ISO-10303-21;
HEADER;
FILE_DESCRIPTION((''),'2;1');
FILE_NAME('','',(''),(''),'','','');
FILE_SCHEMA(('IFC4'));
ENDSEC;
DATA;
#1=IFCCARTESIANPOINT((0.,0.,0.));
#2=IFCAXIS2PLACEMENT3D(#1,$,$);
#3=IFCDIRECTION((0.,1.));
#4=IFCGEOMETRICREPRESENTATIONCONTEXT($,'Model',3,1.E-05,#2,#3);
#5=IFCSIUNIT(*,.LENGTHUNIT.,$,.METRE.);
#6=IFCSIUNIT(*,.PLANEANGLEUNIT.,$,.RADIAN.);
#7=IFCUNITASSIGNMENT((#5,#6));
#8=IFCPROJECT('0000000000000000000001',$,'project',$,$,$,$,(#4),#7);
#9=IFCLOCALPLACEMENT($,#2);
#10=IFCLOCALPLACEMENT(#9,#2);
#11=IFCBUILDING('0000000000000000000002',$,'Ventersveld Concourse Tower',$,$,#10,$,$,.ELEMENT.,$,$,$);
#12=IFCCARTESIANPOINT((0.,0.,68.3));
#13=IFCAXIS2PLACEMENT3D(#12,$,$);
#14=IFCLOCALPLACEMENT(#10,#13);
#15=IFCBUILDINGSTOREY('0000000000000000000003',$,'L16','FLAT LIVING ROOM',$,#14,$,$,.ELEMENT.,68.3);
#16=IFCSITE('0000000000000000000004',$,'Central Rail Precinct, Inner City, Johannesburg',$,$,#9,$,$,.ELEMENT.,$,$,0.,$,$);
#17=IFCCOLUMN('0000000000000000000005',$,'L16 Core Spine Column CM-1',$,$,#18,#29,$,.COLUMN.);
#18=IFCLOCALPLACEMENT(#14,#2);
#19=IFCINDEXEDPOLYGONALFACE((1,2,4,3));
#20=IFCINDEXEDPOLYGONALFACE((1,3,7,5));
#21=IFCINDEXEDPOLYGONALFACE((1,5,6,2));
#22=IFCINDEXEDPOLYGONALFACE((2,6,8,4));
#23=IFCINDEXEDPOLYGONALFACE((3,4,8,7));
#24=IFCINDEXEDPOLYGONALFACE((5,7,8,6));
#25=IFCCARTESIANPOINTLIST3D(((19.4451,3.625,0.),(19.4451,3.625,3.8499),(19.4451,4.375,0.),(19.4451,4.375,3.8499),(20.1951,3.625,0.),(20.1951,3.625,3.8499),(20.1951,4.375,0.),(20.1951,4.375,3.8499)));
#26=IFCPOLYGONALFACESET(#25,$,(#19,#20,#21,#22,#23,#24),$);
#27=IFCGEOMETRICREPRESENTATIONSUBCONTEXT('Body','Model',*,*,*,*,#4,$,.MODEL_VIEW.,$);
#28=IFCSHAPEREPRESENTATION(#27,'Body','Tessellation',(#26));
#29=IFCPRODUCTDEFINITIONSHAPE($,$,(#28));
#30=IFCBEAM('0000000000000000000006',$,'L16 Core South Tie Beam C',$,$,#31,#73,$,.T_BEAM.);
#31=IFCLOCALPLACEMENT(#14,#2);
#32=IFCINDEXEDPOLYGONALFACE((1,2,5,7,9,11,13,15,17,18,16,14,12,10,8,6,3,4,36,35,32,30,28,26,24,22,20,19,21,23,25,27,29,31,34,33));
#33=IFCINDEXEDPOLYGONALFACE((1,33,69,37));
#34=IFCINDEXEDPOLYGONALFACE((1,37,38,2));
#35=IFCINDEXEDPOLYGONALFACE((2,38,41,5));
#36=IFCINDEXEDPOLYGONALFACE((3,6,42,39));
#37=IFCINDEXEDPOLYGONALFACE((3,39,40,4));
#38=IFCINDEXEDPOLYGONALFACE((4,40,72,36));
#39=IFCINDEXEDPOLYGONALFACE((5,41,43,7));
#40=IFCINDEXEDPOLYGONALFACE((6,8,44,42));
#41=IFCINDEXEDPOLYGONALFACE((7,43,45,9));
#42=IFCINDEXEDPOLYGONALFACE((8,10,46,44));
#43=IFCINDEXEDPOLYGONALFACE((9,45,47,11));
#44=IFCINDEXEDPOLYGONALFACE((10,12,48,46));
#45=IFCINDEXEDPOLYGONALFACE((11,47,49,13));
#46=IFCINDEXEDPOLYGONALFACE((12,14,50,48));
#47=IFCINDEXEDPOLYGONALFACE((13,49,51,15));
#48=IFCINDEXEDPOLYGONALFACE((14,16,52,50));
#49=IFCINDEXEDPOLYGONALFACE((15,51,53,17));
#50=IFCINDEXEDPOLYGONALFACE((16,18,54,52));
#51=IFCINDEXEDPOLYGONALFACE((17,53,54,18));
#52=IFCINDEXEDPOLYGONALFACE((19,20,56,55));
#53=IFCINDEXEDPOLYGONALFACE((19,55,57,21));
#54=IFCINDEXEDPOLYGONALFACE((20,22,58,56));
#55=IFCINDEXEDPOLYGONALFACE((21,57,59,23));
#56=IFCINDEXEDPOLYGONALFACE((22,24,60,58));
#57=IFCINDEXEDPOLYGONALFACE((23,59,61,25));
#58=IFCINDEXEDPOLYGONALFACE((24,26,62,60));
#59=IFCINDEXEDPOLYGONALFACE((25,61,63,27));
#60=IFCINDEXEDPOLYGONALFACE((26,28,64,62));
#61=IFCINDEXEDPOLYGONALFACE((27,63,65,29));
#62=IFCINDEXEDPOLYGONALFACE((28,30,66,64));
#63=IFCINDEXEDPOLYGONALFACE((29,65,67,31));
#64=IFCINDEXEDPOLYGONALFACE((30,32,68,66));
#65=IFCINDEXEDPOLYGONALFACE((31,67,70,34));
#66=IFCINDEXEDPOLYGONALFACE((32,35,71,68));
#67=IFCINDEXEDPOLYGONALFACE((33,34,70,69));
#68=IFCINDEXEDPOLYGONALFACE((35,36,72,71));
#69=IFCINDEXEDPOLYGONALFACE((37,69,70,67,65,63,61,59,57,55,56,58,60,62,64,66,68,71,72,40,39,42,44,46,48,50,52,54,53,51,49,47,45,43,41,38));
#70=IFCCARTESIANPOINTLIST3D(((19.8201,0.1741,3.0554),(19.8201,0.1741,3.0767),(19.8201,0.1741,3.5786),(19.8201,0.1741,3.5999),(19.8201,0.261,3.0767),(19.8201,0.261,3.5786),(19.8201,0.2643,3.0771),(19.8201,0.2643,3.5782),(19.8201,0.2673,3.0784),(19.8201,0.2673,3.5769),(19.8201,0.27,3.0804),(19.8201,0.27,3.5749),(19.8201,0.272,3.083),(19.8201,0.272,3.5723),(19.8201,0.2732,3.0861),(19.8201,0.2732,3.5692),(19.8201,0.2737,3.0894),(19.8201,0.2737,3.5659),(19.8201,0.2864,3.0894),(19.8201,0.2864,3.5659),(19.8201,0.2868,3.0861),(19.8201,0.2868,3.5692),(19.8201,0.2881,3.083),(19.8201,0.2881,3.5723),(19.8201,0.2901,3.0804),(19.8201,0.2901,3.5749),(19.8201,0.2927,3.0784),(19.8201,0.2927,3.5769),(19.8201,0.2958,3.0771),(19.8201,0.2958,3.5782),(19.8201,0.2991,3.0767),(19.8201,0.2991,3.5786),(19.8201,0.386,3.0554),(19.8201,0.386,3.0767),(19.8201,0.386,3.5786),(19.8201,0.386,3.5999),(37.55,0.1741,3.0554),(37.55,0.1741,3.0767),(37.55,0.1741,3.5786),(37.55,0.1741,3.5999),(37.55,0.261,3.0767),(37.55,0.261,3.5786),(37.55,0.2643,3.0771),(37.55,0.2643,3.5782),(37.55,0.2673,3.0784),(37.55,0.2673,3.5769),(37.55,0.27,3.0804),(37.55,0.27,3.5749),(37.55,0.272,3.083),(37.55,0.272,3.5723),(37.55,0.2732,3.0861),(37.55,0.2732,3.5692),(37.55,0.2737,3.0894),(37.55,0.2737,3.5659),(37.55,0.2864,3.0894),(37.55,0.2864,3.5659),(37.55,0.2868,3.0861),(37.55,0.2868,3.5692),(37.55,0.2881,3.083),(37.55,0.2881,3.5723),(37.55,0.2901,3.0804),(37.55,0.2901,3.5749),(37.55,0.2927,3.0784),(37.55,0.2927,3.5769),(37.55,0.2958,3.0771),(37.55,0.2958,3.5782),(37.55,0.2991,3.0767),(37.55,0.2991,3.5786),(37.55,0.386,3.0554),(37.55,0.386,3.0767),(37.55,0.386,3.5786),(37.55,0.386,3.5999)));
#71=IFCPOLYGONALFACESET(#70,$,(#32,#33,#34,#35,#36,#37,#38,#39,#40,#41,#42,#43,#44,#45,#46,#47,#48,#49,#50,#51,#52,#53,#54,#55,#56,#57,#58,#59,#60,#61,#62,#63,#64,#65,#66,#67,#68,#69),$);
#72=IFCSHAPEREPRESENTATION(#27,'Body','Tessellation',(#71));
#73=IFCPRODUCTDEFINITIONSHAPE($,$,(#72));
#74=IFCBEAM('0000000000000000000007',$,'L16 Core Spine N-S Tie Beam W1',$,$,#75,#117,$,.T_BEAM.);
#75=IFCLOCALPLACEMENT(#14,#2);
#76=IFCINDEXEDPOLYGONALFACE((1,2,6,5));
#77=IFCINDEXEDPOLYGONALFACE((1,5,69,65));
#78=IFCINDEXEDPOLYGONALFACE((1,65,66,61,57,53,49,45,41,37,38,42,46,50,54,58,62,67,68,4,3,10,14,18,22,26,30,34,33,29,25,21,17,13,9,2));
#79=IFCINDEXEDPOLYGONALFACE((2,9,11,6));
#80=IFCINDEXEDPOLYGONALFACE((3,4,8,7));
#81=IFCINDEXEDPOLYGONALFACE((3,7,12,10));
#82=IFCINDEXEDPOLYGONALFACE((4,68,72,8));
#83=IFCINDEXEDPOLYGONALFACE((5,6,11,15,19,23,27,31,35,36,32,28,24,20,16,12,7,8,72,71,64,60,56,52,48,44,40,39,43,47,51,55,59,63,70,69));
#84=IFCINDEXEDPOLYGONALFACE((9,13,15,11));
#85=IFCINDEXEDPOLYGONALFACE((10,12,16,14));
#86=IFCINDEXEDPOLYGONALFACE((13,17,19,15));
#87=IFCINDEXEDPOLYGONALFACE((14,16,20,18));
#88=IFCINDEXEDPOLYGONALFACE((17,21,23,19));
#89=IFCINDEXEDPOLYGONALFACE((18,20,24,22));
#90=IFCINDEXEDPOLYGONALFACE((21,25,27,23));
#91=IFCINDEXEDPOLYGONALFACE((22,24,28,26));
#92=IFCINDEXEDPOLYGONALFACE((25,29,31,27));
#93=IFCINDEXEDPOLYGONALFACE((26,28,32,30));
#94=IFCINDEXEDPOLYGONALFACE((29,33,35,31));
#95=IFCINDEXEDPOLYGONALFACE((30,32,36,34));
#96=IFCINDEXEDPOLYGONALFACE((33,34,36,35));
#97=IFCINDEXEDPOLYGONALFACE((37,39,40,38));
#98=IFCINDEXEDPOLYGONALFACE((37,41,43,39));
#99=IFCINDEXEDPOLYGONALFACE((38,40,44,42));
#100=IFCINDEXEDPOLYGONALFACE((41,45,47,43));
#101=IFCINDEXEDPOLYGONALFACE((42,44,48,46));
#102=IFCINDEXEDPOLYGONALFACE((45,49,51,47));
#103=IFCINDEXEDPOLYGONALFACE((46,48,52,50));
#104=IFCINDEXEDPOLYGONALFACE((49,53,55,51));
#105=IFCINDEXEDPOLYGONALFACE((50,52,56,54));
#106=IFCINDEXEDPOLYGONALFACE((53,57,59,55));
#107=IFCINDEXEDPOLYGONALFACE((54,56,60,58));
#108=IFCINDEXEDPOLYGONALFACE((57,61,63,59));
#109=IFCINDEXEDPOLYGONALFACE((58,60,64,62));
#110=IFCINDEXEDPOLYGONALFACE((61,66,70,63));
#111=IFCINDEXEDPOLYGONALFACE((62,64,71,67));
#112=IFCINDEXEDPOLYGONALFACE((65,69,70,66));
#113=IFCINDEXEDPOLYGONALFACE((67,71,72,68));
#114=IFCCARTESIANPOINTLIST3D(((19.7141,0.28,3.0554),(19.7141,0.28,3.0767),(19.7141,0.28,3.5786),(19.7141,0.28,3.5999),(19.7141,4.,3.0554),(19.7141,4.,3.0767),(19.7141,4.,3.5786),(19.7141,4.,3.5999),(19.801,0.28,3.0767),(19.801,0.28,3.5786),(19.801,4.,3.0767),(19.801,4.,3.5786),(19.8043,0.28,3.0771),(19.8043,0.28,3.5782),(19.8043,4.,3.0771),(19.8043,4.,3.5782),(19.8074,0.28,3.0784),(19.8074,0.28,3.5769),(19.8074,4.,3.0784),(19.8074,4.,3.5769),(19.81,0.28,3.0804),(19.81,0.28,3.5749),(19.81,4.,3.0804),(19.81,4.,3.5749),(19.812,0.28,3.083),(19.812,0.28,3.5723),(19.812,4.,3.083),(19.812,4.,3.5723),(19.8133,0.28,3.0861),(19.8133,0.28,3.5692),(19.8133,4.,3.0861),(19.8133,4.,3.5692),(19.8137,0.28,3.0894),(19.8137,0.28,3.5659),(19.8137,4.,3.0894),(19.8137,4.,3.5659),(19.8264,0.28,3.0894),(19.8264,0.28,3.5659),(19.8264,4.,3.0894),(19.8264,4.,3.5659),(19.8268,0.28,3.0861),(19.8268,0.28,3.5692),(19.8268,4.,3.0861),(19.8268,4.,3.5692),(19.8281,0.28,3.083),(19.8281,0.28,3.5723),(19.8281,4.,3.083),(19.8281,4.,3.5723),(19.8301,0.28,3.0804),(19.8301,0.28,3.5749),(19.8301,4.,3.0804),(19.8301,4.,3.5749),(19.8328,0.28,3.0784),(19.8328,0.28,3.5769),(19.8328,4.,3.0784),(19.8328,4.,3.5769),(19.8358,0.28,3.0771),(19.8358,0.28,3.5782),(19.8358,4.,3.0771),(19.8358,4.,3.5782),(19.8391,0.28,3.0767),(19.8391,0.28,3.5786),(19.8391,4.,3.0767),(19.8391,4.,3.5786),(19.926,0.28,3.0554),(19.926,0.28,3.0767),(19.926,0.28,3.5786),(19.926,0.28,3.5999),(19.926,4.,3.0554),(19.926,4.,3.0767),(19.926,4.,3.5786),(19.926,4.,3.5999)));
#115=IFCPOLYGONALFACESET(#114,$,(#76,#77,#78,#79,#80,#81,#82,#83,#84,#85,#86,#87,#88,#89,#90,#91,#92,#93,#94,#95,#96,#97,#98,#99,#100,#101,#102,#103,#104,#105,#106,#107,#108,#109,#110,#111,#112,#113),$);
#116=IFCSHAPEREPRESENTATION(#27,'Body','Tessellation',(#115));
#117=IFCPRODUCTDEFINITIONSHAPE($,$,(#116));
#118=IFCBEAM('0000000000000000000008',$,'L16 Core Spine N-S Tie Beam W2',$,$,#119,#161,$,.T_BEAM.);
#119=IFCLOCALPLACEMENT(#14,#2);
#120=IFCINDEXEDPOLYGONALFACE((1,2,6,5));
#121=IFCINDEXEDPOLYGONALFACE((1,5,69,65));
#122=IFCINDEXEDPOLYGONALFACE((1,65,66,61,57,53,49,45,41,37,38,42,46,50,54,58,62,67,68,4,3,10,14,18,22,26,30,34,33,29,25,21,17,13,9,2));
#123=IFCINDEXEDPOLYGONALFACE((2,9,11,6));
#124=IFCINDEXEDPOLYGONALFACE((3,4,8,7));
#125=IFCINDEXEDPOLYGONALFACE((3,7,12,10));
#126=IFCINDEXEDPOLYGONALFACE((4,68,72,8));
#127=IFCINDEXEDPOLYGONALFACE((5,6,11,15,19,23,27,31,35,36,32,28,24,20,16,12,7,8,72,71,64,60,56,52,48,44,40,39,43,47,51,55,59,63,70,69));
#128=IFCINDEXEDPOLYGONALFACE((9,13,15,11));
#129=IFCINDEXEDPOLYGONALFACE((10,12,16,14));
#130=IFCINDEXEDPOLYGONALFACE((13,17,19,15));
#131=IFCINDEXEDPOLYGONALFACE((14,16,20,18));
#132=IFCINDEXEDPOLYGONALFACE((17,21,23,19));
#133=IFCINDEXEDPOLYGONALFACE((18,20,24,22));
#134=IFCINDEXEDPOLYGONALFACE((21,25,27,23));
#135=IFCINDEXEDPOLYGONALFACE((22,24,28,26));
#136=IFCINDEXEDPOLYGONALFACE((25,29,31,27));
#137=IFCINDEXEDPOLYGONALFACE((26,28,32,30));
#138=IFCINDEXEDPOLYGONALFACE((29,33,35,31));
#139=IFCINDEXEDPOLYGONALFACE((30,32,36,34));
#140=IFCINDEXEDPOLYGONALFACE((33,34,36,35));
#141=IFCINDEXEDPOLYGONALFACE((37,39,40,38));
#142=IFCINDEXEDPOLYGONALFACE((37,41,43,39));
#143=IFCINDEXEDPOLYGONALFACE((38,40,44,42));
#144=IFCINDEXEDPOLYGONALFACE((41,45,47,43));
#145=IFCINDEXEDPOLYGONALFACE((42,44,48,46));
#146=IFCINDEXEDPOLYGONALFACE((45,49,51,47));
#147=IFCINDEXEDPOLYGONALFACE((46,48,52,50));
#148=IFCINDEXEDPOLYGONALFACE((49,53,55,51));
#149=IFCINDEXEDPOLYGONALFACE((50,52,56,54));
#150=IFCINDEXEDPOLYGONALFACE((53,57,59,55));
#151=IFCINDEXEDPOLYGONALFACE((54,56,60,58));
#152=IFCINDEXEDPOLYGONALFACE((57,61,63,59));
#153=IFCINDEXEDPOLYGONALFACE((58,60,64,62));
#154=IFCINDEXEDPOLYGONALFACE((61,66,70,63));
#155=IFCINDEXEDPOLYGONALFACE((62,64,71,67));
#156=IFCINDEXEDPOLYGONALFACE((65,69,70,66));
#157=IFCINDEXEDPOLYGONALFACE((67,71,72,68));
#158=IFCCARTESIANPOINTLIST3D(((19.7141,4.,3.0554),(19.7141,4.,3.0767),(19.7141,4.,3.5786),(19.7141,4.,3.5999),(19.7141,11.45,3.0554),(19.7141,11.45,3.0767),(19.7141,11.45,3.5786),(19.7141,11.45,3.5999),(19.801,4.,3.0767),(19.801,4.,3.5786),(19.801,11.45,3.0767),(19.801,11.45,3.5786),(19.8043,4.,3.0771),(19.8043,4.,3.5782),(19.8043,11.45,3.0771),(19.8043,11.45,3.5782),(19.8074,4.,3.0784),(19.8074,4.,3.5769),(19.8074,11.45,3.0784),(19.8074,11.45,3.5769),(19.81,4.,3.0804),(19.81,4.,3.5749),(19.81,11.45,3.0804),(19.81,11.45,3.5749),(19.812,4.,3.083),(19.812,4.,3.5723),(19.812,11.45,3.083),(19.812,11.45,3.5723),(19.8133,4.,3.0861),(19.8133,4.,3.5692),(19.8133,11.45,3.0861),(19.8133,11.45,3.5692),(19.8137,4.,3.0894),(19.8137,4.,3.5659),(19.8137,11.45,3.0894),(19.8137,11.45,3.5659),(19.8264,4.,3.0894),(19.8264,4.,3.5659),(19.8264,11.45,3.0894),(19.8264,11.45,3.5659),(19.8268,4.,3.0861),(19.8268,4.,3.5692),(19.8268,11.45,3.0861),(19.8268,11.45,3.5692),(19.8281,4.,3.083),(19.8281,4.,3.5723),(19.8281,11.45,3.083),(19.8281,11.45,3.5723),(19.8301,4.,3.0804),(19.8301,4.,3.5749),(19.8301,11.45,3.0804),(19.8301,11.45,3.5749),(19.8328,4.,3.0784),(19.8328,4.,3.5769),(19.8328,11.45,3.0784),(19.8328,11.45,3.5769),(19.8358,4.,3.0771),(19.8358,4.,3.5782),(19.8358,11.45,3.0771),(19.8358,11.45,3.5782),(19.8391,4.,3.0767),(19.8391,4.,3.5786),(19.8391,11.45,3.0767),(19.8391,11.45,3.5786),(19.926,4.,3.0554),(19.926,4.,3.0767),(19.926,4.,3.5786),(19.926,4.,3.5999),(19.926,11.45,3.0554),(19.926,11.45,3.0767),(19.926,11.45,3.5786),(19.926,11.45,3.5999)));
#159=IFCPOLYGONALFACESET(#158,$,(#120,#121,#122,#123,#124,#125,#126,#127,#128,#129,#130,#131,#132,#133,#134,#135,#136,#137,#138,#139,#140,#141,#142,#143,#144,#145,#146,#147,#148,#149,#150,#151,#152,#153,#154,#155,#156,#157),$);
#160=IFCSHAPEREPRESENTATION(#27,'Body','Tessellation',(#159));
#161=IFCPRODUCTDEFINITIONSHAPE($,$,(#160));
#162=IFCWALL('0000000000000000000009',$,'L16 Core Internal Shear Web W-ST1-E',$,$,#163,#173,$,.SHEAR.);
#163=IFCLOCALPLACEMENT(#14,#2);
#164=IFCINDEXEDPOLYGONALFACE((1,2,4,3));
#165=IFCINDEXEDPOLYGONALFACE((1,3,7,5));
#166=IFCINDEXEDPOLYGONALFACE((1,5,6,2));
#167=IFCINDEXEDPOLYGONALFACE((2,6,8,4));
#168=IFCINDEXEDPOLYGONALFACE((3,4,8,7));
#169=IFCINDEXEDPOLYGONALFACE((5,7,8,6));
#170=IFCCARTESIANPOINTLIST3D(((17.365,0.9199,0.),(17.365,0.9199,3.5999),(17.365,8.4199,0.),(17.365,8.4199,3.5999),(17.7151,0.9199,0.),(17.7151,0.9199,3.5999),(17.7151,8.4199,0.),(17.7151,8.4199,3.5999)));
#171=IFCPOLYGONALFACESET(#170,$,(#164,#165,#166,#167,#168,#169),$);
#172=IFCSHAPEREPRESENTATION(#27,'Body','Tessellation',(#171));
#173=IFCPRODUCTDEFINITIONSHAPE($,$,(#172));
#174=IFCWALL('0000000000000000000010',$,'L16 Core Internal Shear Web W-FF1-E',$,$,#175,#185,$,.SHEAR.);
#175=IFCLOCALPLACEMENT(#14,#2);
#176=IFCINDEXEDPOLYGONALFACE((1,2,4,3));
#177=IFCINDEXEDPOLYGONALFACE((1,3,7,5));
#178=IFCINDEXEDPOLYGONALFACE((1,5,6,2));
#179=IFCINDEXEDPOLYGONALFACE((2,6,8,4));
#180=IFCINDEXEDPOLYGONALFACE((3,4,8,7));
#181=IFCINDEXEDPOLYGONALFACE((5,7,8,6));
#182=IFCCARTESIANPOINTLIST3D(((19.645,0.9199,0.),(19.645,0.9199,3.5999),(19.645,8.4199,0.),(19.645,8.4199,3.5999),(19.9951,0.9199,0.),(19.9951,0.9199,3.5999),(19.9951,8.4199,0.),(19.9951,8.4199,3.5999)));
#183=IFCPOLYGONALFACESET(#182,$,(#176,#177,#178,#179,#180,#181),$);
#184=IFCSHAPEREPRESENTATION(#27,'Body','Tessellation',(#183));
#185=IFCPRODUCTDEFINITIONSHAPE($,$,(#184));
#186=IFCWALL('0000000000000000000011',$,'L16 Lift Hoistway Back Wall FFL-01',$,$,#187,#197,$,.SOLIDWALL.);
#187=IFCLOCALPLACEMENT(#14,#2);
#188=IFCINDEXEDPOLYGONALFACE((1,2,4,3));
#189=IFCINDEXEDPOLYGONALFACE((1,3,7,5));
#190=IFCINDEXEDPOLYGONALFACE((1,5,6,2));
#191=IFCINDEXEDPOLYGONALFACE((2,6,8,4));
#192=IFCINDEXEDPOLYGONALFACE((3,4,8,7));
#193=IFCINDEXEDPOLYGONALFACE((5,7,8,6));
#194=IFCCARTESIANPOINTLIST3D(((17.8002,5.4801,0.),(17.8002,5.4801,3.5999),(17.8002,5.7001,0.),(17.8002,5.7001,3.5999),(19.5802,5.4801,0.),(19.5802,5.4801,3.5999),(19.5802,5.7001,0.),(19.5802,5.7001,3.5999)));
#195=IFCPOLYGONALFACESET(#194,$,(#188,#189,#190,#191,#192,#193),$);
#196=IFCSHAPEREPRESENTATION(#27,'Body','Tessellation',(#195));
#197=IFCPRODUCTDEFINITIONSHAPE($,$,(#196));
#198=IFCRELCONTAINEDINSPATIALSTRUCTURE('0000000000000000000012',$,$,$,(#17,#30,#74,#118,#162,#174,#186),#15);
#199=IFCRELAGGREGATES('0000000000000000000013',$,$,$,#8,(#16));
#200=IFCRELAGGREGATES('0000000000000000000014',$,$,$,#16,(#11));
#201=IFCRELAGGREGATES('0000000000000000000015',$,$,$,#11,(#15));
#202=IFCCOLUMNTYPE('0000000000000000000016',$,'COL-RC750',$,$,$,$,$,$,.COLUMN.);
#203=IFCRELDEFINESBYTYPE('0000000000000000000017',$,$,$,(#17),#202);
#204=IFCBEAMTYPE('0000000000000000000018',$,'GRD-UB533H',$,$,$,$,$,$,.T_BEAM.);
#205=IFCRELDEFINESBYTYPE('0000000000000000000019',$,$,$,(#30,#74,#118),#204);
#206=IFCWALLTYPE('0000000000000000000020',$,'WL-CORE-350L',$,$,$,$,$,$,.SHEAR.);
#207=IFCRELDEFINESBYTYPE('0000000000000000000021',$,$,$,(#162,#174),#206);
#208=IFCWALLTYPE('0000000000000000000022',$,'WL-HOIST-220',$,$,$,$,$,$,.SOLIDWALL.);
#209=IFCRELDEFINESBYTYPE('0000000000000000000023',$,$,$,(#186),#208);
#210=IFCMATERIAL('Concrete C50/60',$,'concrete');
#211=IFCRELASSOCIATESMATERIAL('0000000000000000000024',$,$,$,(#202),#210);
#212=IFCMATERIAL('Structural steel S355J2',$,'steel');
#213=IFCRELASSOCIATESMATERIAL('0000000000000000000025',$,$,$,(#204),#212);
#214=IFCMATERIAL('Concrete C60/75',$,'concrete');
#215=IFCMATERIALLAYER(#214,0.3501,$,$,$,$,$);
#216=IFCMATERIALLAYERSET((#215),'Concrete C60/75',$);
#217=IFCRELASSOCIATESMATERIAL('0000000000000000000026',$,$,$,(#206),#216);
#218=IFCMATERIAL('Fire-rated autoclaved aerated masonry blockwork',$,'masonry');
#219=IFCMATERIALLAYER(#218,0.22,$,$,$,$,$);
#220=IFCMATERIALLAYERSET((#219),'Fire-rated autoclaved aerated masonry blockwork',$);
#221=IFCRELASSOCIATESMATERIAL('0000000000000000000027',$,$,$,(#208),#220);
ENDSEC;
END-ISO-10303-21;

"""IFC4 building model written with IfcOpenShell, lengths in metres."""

from ifc_helpers import new_model, si_unit, direction, frame, frame_2d, origin, origin_2d, place, context, subcontext, project, spatial, rectangle, i_section, extrude, material, layer, layer_set, material_profile, profile_set, type_object, element, save


model = new_model("IFC4")

# Units and contexts
model_context = context("Model", 3, precision=1e-05, world=origin(), true_north=direction((0.0, 1.0)))
body_context = subcontext(model_context, "Body", "Model", "MODEL_VIEW")
ifc_project = project(units=[si_unit("LENGTHUNIT", "METRE"), si_unit("PLANEANGLEUNIT", "RADIAN")], contexts=[model_context])

# Site, building, storey
site_placement = place(None, origin())
site = spatial("IfcSite", under=ifc_project, at=site_placement, Name="Central Rail Precinct, Inner City, Johannesburg", CompositionType="ELEMENT", RefElevation=0.0)
building_placement = place(site_placement, origin())
building = spatial("IfcBuilding", under=site, at=building_placement, Name="Ventersveld Concourse Tower", CompositionType="ELEMENT")
storey_placement = place(building_placement, frame((0.0, 0.0, 68.3)))
storey = spatial("IfcBuildingStorey", under=building, at=storey_placement, Name="L16", Description="FLAT LIVING ROOM", CompositionType="ELEMENT", Elevation=68.3)

# Column
ifc_material_1 = material(Name="Concrete C50/60", Category="concrete")
ifc_material_profile_1 = material_profile(ifc_material_1, rectangle(XDim=0.75, YDim=0.75, at=origin_2d()), Name="RC 750x750")
ifc_profile_set_1 = profile_set([ifc_material_profile_1], Name="Concrete C50/60")
column_type = type_object("IfcColumnType", Name="COL-RC750", PredefinedType="COLUMN", material=ifc_profile_set_1)
column_placement = place(storey_placement, frame((19.8201, 4.0, 0.0), z_axis=(0.0, 0.0, 1.0), x_axis=(1.0, 0.0, 0.0)))
element("IfcColumn", 1, at=column_placement, inside=storey, type_object=column_type, Name="L16 Core Spine Column CM-1", PredefinedType="COLUMN", context=body_context, shape_type="SweptSolid", body=[
    extrude(rectangle(XDim=0.75, YDim=0.75, at=origin_2d()), origin(), (0.0, 0.0, 1.0), 3.8499),
])

# Beams
ifc_material_2 = material(Name="Structural steel S355J2", Category="steel")
ifc_material_profile_2 = material_profile(ifc_material_2, i_section(OverallWidth=0.2119, OverallDepth=0.5444, WebThickness=0.0127, FlangeThickness=0.0212, FilletRadius=0.0127, at=origin_2d()), Name="UB 533x210x122")
ifc_profile_set_2 = profile_set([ifc_material_profile_2], Name="Structural steel S355J2")
beam_type = type_object("IfcBeamType", Name="GRD-UB533H", PredefinedType="T_BEAM", material=ifc_profile_set_2)
beam_1_placement = place(storey_placement, frame((19.8201, 0.28, 3.3276), z_axis=(1.0, 0.0, 0.0), x_axis=(0.0, 1.0, 0.0)))
element("IfcBeam", 2, at=beam_1_placement, inside=storey, type_object=beam_type, Name="L16 Core South Tie Beam C", PredefinedType="T_BEAM", context=body_context, shape_type="SweptSolid", body=[
    extrude(i_section(OverallWidth=0.2119, OverallDepth=0.5444, WebThickness=0.0127, FlangeThickness=0.0212, FilletRadius=0.0127, at=origin_2d()), origin(), (0.0, 0.0, 1.0), 17.73),
])
beam_2_placement = place(storey_placement, frame((19.8201, 0.28, 3.3276), z_axis=(0.0, 1.0, 0.0), x_axis=(-1.0, 0.0, 0.0)))
element("IfcBeam", 3, at=beam_2_placement, inside=storey, type_object=beam_type, Name="L16 Core Spine N-S Tie Beam W1", PredefinedType="T_BEAM", context=body_context, shape_type="SweptSolid", body=[
    extrude(i_section(OverallWidth=0.2119, OverallDepth=0.5444, WebThickness=0.0127, FlangeThickness=0.0212, FilletRadius=0.0127, at=origin_2d()), origin(), (0.0, 0.0, 1.0), 3.72),
])
beam_3_placement = place(storey_placement, frame((19.8201, 4.0, 3.3276), z_axis=(0.0, 1.0, 0.0), x_axis=(-1.0, 0.0, 0.0)))
element("IfcBeam", 4, at=beam_3_placement, inside=storey, type_object=beam_type, Name="L16 Core Spine N-S Tie Beam W2", PredefinedType="T_BEAM", context=body_context, shape_type="SweptSolid", body=[
    extrude(i_section(OverallWidth=0.2119, OverallDepth=0.5444, WebThickness=0.0127, FlangeThickness=0.0212, FilletRadius=0.0127, at=origin_2d()), origin(), (0.0, 0.0, 1.0), 7.45),
])

# Walls
ifc_material_3 = material(Name="Concrete C60/75", Category="concrete")
ifc_layer_1 = layer(ifc_material_3, 0.3501)
ifc_layer_set_1 = layer_set([ifc_layer_1], Name="Concrete C60/75")
wall_type_1 = type_object("IfcWallType", Name="WL-CORE-350L", PredefinedType="SHEAR", material=ifc_layer_set_1)
for number, where, z_axis, x_axis, name in (
    (5, (17.54, 0.9199, 0.0), (0.0, 0.0, 1.0), (0.0, 1.0, 0.0), "L16 Core Internal Shear Web W-ST1-E"),
    (6, (19.8201, 0.9199, 0.0), (0.0, 0.0, 1.0), (0.0, 1.0, 0.0), "L16 Core Internal Shear Web W-FF1-E"),
):
    element("IfcWall", number, at=place(storey_placement, frame(where, z_axis=z_axis, x_axis=x_axis)), inside=storey, type_object=wall_type_1, Name=name, PredefinedType="SHEAR", context=body_context, shape_type="SweptSolid", body=[
        extrude(rectangle(XDim=7.5, YDim=0.3501, at=frame_2d((3.75, 0.0))), origin(), (0.0, 0.0, 1.0), 3.5999),
    ])
ifc_material_4 = material(Name="Fire-rated autoclaved aerated masonry blockwork", Category="masonry")
ifc_layer_2 = layer(ifc_material_4, 0.22)
ifc_layer_set_2 = layer_set([ifc_layer_2], Name="Fire-rated autoclaved aerated masonry blockwork")
wall_type_2 = type_object("IfcWallType", Name="WL-HOIST-220", PredefinedType="SOLIDWALL", material=ifc_layer_set_2)
wall_1_placement = place(storey_placement, frame((17.8, 5.5901, 0.0), z_axis=(0.0, 0.0, 1.0), x_axis=(1.0, 0.0, 0.0)))
element("IfcWall", 7, at=wall_1_placement, inside=storey, type_object=wall_type_2, Name="L16 Lift Hoistway Back Wall FFL-01", PredefinedType="SOLIDWALL", context=body_context, shape_type="SweptSolid", body=[
    extrude(rectangle(XDim=1.78, YDim=0.22, at=frame_2d((0.8901, 0.0))), origin(), (0.0, 0.0, 1.0), 3.5999),
])

save(model, "model.ifc")
